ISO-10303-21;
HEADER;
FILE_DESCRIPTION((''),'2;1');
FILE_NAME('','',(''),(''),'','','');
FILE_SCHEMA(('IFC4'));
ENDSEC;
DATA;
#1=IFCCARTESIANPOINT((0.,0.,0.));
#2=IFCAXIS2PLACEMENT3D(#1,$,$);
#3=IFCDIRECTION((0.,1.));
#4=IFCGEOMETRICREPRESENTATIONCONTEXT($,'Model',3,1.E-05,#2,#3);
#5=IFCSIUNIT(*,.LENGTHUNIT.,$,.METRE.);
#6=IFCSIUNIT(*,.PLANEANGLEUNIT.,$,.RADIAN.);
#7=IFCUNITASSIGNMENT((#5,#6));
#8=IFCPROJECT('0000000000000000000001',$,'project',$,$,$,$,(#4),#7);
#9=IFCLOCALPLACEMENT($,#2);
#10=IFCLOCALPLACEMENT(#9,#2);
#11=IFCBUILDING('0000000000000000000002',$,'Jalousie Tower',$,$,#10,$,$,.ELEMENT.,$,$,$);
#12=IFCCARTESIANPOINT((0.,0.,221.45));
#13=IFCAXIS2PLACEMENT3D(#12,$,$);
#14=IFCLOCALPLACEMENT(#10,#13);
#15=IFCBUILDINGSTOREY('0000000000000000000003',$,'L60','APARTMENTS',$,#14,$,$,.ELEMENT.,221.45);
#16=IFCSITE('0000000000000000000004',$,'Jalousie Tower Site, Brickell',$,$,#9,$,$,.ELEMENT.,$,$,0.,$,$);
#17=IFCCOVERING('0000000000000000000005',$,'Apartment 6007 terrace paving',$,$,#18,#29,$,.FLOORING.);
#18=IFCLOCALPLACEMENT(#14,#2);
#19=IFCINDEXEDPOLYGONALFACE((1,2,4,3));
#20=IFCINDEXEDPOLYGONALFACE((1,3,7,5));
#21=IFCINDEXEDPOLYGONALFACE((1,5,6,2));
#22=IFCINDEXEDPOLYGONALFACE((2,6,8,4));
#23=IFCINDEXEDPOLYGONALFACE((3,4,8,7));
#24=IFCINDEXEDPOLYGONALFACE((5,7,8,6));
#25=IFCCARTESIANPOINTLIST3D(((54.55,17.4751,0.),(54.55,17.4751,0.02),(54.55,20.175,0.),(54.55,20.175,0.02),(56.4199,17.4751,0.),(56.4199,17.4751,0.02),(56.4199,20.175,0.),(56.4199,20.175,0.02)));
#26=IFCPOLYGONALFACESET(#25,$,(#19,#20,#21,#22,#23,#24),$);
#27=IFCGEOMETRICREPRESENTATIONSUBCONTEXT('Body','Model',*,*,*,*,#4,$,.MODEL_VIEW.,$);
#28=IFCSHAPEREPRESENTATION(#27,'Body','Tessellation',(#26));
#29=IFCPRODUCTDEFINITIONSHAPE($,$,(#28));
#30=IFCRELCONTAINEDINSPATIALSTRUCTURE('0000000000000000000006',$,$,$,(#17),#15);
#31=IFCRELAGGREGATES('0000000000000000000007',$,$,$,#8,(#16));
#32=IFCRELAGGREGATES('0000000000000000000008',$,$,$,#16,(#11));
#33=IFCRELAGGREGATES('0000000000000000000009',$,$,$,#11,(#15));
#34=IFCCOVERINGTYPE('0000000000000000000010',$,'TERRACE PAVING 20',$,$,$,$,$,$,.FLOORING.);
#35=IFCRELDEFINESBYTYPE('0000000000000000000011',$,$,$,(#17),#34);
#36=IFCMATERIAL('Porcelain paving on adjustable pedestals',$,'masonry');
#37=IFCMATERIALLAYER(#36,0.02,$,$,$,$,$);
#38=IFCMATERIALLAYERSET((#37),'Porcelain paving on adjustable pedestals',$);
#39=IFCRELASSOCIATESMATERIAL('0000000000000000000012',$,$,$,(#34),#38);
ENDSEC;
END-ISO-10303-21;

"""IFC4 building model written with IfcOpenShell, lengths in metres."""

from ifc_helpers import new_model, si_unit, direction, frame, origin, place, context, subcontext, project, spatial, polyline, outline, extrude, material, layer, layer_set, type_object, element, save


model = new_model("IFC4")

# Units and contexts
model_context = context("Model", 3, precision=1e-05, world=origin(), true_north=direction((0.0, 1.0)))
body_context = subcontext(model_context, "Body", "Model", "MODEL_VIEW")
ifc_project = project(units=[si_unit("LENGTHUNIT", "METRE"), si_unit("PLANEANGLEUNIT", "RADIAN")], contexts=[model_context])

# Site, building, storey
site_placement = place(None, origin())
site = spatial("IfcSite", under=ifc_project, at=site_placement, Name="Jalousie Tower Site, Brickell", CompositionType="ELEMENT", RefElevation=0.0)
building_placement = place(site_placement, origin())
building = spatial("IfcBuilding", under=site, at=building_placement, Name="Jalousie Tower", CompositionType="ELEMENT")
storey_placement = place(building_placement, frame((0.0, 0.0, 221.45)))
storey = spatial("IfcBuildingStorey", under=building, at=storey_placement, Name="L60", Description="APARTMENTS", CompositionType="ELEMENT", Elevation=221.45)

# Covering
ifc_material_1 = material(Name="Porcelain paving on adjustable pedestals", Category="masonry")
ifc_layer_1 = layer(ifc_material_1, 0.02)
ifc_layer_set_1 = layer_set([ifc_layer_1], Name="Porcelain paving on adjustable pedestals")
covering_type = type_object("IfcCoveringType", Name="TERRACE PAVING 20", PredefinedType="FLOORING", material=ifc_layer_set_1)
covering_1_placement = place(storey_placement, origin())
element("IfcCovering", 1, at=covering_1_placement, inside=storey, type_object=covering_type, Name="Apartment 6007 terrace paving", PredefinedType="FLOORING", context=body_context, shape_type="SweptSolid", body=[
    extrude(outline(polyline([(56.4199, 17.4751), (56.4199, 20.175), (54.55, 20.175), (54.55, 17.4751), (56.4199, 17.4751)])), origin(), (0.0, 0.0, 1.0), 0.02),
])

save(model, "model.ifc")
